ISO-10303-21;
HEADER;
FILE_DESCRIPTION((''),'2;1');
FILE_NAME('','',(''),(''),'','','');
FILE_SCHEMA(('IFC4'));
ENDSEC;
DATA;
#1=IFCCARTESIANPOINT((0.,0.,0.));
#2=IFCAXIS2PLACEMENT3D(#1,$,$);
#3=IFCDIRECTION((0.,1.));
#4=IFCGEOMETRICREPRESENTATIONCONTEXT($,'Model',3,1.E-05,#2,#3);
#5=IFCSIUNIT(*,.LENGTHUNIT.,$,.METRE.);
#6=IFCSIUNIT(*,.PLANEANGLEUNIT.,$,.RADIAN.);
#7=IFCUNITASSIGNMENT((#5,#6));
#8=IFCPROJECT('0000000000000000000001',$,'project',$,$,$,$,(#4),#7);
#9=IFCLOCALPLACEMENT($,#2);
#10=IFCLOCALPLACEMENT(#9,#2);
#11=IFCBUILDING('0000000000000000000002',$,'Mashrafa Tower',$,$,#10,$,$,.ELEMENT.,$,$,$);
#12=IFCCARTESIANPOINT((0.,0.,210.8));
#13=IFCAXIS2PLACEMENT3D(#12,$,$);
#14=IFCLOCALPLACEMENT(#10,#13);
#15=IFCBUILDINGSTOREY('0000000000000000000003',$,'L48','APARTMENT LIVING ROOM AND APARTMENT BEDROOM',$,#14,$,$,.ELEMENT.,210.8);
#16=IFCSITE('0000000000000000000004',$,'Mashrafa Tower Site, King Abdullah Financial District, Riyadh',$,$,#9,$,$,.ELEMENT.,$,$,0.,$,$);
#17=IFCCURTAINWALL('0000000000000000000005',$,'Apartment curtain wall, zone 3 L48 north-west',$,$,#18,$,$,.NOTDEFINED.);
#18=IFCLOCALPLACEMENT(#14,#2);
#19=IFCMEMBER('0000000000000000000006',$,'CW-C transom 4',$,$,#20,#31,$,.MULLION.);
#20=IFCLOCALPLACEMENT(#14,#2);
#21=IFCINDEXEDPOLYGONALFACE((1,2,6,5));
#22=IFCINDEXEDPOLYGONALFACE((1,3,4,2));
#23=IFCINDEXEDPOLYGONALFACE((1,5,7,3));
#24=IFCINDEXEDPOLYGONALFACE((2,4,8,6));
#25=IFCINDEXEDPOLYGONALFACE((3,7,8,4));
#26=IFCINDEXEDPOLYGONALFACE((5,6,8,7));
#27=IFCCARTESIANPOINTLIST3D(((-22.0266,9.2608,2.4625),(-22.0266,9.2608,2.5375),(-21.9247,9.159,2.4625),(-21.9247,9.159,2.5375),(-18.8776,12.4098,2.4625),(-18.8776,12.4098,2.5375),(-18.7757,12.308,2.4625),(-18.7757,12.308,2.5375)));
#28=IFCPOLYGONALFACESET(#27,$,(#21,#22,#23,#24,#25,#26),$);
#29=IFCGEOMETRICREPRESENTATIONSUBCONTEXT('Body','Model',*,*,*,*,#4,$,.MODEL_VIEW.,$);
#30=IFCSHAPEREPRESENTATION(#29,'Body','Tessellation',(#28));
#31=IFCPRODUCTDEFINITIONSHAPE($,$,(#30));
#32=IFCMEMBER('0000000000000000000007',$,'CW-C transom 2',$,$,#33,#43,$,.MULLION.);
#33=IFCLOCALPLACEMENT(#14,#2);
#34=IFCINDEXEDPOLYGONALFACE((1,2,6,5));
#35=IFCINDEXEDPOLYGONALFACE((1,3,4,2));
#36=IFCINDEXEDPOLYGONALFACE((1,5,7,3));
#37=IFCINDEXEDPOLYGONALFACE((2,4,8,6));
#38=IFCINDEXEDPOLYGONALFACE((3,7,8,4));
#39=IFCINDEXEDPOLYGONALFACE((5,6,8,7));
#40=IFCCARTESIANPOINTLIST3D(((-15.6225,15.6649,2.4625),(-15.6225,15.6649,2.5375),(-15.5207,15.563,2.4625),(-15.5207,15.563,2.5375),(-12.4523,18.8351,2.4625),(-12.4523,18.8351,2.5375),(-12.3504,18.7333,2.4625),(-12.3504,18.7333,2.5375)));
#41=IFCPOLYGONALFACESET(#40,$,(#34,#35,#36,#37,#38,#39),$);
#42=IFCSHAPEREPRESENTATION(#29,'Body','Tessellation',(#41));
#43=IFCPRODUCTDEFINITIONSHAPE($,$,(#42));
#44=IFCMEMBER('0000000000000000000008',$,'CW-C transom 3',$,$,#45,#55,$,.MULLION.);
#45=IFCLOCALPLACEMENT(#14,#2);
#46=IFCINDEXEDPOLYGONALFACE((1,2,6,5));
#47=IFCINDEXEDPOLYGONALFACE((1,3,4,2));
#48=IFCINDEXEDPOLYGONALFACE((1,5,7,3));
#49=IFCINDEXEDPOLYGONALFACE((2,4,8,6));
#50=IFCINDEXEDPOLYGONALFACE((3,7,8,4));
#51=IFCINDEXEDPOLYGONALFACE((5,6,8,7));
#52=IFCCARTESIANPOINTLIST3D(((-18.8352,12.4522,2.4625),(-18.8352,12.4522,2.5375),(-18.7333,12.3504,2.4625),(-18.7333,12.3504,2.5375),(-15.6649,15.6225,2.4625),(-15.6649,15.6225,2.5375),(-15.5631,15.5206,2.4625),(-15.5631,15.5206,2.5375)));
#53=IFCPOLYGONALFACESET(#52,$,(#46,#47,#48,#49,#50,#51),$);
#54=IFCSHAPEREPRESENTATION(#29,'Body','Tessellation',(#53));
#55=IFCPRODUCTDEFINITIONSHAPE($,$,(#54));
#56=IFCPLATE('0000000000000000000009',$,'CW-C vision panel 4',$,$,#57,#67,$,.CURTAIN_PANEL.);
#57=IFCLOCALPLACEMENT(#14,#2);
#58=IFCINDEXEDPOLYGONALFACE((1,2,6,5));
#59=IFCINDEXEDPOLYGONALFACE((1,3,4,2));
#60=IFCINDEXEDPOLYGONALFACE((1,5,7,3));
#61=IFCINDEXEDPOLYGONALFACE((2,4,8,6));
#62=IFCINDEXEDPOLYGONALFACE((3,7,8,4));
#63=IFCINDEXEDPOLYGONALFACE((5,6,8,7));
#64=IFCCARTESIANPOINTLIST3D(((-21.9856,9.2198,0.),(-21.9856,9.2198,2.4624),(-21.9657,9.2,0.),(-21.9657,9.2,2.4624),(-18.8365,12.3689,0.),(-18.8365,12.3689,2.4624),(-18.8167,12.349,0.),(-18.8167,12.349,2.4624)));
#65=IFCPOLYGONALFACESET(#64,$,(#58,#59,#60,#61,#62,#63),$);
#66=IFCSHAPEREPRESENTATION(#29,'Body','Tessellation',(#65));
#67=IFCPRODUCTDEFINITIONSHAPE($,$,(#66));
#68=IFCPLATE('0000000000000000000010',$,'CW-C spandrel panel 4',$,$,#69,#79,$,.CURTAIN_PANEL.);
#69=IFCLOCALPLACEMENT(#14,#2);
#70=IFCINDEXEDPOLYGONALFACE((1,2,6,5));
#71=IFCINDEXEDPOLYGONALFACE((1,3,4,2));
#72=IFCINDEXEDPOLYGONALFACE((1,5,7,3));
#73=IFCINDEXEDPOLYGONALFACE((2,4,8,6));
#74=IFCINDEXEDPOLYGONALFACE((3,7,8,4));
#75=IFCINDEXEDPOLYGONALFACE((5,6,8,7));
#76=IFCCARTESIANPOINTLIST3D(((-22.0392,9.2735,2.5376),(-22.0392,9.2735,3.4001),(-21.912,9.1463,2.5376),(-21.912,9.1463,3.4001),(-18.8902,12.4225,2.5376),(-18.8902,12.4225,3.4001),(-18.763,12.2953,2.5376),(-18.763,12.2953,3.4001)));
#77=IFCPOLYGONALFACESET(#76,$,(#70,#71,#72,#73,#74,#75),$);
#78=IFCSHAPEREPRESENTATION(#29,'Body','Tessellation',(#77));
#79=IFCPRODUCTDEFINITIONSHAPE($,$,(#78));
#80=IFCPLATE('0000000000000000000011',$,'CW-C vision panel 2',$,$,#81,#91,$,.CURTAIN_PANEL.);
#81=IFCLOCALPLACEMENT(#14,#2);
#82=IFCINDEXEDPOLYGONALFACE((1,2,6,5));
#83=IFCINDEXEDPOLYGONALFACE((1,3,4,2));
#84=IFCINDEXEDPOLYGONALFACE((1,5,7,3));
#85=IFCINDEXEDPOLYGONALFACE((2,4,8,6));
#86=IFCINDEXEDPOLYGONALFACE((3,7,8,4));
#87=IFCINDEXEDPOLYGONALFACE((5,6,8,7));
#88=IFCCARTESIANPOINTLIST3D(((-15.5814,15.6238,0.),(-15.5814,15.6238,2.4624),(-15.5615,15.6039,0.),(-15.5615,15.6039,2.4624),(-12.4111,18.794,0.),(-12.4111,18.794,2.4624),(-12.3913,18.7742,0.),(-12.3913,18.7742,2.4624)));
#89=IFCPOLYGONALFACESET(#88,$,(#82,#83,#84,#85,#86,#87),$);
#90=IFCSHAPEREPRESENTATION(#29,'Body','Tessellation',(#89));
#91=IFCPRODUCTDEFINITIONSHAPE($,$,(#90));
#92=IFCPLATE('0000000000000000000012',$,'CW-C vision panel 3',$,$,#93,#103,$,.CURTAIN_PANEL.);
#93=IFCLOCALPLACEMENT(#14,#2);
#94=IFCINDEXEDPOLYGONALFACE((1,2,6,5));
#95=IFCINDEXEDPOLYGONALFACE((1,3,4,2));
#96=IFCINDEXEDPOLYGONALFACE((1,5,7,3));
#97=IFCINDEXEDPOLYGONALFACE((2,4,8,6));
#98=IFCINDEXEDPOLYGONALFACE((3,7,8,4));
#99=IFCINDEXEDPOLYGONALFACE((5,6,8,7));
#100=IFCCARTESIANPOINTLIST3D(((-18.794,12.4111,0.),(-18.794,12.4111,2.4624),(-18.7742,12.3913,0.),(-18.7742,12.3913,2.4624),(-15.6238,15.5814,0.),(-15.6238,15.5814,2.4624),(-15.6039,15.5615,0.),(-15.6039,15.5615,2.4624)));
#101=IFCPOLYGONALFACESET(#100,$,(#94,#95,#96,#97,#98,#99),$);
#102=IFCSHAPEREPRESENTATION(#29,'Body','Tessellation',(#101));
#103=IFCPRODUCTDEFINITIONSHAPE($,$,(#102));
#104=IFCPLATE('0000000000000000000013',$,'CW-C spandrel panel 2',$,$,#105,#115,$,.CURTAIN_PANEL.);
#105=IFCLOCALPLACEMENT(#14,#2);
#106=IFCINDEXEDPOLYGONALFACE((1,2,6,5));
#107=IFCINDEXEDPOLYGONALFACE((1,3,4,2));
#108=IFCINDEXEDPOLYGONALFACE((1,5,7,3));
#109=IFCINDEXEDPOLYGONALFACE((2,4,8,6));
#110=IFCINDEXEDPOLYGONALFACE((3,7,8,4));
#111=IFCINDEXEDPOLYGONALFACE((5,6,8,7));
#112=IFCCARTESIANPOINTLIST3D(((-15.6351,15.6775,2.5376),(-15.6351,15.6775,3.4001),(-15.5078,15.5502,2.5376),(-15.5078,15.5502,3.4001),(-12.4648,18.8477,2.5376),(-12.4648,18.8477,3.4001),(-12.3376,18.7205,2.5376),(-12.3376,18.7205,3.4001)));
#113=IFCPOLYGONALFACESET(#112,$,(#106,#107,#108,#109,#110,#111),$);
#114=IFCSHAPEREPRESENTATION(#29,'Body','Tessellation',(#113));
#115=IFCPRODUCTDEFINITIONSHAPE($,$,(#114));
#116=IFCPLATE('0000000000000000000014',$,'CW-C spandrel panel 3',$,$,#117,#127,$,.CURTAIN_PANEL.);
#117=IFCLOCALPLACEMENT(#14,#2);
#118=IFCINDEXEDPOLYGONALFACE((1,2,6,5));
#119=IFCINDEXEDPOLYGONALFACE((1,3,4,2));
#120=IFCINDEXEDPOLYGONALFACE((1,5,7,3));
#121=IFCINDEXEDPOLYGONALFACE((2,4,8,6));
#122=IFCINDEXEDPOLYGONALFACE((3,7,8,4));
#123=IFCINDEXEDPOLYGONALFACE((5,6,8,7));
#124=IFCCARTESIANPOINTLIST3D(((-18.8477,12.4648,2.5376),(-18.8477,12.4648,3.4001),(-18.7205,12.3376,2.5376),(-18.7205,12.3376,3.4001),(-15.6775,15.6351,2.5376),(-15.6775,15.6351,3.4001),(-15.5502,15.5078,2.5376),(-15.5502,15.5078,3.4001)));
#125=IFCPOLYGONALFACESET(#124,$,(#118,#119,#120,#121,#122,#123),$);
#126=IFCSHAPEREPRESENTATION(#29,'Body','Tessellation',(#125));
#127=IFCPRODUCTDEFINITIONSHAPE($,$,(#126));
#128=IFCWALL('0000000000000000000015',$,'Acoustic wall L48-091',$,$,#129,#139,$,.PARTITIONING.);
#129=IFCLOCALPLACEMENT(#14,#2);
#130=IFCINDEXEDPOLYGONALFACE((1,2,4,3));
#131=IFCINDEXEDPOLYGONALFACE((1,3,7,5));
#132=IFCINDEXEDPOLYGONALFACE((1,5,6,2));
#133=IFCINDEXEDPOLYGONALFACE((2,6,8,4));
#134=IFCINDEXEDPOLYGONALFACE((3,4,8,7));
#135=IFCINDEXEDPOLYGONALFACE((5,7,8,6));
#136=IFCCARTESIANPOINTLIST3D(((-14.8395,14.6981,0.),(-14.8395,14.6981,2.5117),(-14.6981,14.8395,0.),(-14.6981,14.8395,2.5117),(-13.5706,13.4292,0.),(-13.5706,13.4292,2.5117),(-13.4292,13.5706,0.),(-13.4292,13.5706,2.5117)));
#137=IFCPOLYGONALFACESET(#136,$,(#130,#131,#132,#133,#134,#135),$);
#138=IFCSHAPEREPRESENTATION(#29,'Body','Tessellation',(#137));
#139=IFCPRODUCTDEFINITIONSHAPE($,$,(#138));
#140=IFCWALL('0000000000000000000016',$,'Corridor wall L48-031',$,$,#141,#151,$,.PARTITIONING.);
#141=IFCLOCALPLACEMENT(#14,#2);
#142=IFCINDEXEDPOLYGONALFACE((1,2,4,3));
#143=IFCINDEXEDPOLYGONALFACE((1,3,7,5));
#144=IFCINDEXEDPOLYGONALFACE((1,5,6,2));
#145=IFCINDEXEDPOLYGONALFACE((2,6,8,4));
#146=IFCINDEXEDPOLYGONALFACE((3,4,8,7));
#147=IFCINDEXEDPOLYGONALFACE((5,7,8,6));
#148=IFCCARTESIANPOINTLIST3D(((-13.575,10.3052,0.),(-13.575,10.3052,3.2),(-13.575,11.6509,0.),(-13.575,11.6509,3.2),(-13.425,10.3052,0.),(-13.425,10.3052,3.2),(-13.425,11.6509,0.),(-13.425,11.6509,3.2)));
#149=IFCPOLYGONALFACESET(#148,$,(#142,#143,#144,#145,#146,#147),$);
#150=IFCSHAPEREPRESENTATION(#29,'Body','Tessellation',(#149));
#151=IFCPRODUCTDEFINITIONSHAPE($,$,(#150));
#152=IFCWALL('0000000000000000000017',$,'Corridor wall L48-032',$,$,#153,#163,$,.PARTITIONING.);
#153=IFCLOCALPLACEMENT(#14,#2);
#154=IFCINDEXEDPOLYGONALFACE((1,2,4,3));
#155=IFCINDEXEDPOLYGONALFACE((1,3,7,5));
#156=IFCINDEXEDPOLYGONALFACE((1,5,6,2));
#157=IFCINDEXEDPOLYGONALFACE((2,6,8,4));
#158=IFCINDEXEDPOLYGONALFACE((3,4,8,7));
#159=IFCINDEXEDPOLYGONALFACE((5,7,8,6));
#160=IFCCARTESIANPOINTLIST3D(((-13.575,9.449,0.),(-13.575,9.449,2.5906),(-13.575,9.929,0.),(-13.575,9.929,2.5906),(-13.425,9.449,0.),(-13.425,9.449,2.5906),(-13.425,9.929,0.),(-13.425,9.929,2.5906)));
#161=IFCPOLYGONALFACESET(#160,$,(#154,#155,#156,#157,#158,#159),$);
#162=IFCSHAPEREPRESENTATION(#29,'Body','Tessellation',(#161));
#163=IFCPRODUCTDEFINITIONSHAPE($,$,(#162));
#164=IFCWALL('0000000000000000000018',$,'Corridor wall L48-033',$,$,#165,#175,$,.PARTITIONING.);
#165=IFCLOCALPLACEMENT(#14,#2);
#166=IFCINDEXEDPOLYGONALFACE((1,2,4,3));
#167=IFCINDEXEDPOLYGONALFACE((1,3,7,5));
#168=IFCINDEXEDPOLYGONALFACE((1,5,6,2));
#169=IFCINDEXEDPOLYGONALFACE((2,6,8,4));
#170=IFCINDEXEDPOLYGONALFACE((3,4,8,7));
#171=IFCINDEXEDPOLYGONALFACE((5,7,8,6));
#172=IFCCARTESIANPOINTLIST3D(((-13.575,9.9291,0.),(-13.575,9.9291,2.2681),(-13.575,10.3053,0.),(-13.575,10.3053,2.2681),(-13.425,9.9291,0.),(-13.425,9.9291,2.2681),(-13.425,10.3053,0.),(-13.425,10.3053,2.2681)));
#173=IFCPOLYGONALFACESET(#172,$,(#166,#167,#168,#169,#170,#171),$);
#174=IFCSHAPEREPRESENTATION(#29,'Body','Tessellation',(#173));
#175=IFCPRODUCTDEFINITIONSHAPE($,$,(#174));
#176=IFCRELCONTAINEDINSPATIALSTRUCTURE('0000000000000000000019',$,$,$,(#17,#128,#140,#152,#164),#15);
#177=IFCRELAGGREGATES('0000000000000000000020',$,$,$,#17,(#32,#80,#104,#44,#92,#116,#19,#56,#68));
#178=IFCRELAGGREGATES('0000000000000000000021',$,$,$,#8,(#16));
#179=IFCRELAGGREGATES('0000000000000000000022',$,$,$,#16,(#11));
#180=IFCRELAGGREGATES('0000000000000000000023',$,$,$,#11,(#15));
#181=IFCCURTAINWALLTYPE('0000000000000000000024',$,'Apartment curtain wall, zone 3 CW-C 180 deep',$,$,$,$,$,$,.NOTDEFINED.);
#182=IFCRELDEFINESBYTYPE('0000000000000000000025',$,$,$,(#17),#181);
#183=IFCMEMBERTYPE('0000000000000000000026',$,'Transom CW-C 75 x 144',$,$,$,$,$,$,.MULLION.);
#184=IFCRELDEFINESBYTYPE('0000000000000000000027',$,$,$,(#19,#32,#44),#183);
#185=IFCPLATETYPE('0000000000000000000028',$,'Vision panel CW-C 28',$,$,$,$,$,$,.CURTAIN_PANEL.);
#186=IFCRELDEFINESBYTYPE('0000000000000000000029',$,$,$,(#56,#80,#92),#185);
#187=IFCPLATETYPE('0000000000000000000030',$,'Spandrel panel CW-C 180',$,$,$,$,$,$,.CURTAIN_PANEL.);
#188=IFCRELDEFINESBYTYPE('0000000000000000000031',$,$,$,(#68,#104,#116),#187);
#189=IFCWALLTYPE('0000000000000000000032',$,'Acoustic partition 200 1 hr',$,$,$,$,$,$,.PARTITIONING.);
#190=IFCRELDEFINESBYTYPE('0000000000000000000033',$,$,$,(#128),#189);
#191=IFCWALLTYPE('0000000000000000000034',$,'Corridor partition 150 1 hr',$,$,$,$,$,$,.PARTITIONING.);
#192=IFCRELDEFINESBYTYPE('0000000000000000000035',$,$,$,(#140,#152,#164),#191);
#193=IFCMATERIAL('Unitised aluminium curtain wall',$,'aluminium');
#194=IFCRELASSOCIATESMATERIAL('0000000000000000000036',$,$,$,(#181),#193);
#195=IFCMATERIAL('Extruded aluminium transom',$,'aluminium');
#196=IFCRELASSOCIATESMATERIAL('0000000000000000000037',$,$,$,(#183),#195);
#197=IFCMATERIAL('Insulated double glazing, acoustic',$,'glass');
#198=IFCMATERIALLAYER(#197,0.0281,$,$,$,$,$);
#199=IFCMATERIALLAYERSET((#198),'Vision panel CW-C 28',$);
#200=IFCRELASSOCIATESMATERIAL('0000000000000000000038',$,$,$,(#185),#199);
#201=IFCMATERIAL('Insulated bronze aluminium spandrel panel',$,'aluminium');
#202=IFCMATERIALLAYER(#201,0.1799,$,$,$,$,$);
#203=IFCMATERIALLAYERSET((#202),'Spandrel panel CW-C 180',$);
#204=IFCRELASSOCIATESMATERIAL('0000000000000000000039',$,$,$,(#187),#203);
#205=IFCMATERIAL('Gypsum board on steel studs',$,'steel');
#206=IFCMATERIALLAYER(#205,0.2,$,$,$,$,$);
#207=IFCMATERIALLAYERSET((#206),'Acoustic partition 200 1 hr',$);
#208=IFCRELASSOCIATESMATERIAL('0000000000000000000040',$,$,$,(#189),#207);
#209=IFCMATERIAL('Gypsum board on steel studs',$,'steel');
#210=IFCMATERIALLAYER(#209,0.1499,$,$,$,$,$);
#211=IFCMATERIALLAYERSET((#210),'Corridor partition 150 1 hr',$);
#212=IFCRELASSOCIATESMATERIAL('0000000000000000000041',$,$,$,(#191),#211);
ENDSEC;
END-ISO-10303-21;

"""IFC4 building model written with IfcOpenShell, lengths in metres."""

from ifc_helpers import new_model, si_unit, direction, frame, frame_2d, origin, origin_2d, place, context, subcontext, project, spatial, rectangle, extrude, source, transform, mapped, material, layer, layer_set, material_profile, profile_set, type_object, type_shapes, element, aggregate, save


model = new_model("IFC4")

# Units and contexts
model_context = context("Model", 3, precision=1e-05, world=origin(), true_north=direction((0.0, 1.0)))
body_context = subcontext(model_context, "Body", "Model", "MODEL_VIEW")
ifc_project = project(units=[si_unit("LENGTHUNIT", "METRE"), si_unit("PLANEANGLEUNIT", "RADIAN")], contexts=[model_context])

# Site, building, storey
site_placement = place(None, origin())
site = spatial("IfcSite", under=ifc_project, at=site_placement, Name="Mashrafa Tower Site, King Abdullah Financial District, Riyadh", CompositionType="ELEMENT", RefElevation=0.0)
building_placement = place(site_placement, origin())
building = spatial("IfcBuilding", under=site, at=building_placement, Name="Mashrafa Tower", CompositionType="ELEMENT")
storey_placement = place(building_placement, frame((0.0, 0.0, 210.8)))
storey = spatial("IfcBuildingStorey", under=building, at=storey_placement, Name="L48", Description="APARTMENT LIVING ROOM AND APARTMENT BEDROOM", CompositionType="ELEMENT", Elevation=210.8)

# Curtain wall, members, plates
ifc_material_1 = material(Name="Unitised aluminium curtain wall", Category="aluminium")
curtain_wall_type = type_object("IfcCurtainWallType", Name="Apartment curtain wall, zone 3 CW-C 180 deep", PredefinedType="NOTDEFINED", material=ifc_material_1)
curtain_wall_placement = place(storey_placement, origin())
curtain_wall = element("IfcCurtainWall", 1, at=curtain_wall_placement, inside=storey, type_object=curtain_wall_type, Name="Apartment curtain wall, zone 3 L48 north-west", PredefinedType="NOTDEFINED")
ifc_material_2 = material(Name="Extruded aluminium transom", Category="aluminium")
ifc_material_profile_1 = material_profile(ifc_material_2, rectangle(XDim=0.144, YDim=0.075, at=origin_2d()), Name="Transom 75x144")
ifc_profile_set_1 = profile_set([ifc_material_profile_1], Name="Extruded aluminium transom")
member_type_1 = type_object("IfcMemberType", Name="Transom CW-C 75 x 144", PredefinedType="MULLION", material=ifc_profile_set_1)
shared_shape_1 = source(origin(), body_context, "Body", "SweptSolid", [
    extrude(rectangle(XDim=0.144, YDim=0.075, at=origin_2d()), origin(), (0.0, 0.0, 1.0), 4.4534),
])
member_1_placement = place(storey_placement, frame((-18.8267, 12.3589, 2.5), z_axis=(-0.707107, -0.707107, 0.0), x_axis=(0.707107, -0.707107, 0.0)))
member_1 = element("IfcMember", 2, at=member_1_placement, type_object=member_type_1, Name="CW-C transom 4", PredefinedType="MULLION", context=body_context, shape_type="MappedRepresentation", body=[
    mapped(shared_shape_1, transform((0.0, 0.0, 0.0))),
])
shared_shape_2 = source(origin(), body_context, "Body", "SweptSolid", [
    extrude(rectangle(XDim=0.144, YDim=0.075, at=origin_2d()), origin(), (0.0, 0.0, 1.0), 4.4834),
])
type_shapes(member_type_1, [shared_shape_1, shared_shape_2])
member_2_placement = place(storey_placement, frame((-12.4014, 18.7842, 2.5), z_axis=(-0.707107, -0.707107, 0.0), x_axis=(0.707107, -0.707107, 0.0)))
member_2 = element("IfcMember", 3, at=member_2_placement, type_object=member_type_1, Name="CW-C transom 2", PredefinedType="MULLION", context=body_context, shape_type="MappedRepresentation", body=[
    mapped(shared_shape_2, transform((0.0, 0.0, 0.0))),
])
member_3_placement = place(storey_placement, frame((-15.614, 15.5715, 2.5), z_axis=(-0.707107, -0.707107, 0.0), x_axis=(0.707107, -0.707107, 0.0)))
member_3 = element("IfcMember", 4, at=member_3_placement, type_object=member_type_1, Name="CW-C transom 3", PredefinedType="MULLION", context=body_context, shape_type="MappedRepresentation", body=[
    mapped(shared_shape_2, transform((0.0, 0.0, 0.0))),
])
ifc_material_3 = material(Name="Insulated double glazing, acoustic", Category="glass")
ifc_layer_1 = layer(ifc_material_3, 0.0281)
ifc_layer_set_1 = layer_set([ifc_layer_1], Name="Vision panel CW-C 28")
plate_type_1 = type_object("IfcPlateType", Name="Vision panel CW-C 28", PredefinedType="CURTAIN_PANEL", material=ifc_layer_set_1)
shared_shape_3 = source(origin(), body_context, "Body", "SweptSolid", [
    extrude(rectangle(XDim=4.4534, YDim=0.0281, at=origin_2d()), origin(), (0.0, 0.0, 1.0), 2.4624),
])
plate_1_placement = place(storey_placement, frame((-20.4011, 10.7844, 0.0), z_axis=(0.0, 0.0, 1.0), x_axis=(-0.707107, -0.707107, 0.0)))
plate_1 = element("IfcPlate", 5, at=plate_1_placement, type_object=plate_type_1, Name="CW-C vision panel 4", PredefinedType="CURTAIN_PANEL", context=body_context, shape_type="MappedRepresentation", body=[
    mapped(shared_shape_3, transform((0.0, 0.0, 0.0))),
])
ifc_material_4 = material(Name="Insulated bronze aluminium spandrel panel", Category="aluminium")
ifc_layer_2 = layer(ifc_material_4, 0.1799)
ifc_layer_set_2 = layer_set([ifc_layer_2], Name="Spandrel panel CW-C 180")
plate_type_2 = type_object("IfcPlateType", Name="Spandrel panel CW-C 180", PredefinedType="CURTAIN_PANEL", material=ifc_layer_set_2)
shared_shape_4 = source(origin(), body_context, "Body", "SweptSolid", [
    extrude(rectangle(XDim=4.4534, YDim=0.1799, at=origin_2d()), origin(), (0.0, 0.0, 1.0), 0.8625),
])
plate_2_placement = place(storey_placement, frame((-20.4011, 10.7844, 2.5376), z_axis=(0.0, 0.0, 1.0), x_axis=(-0.707107, -0.707107, 0.0)))
plate_2 = element("IfcPlate", 6, at=plate_2_placement, type_object=plate_type_2, Name="CW-C spandrel panel 4", PredefinedType="CURTAIN_PANEL", context=body_context, shape_type="MappedRepresentation", body=[
    mapped(shared_shape_4, transform((0.0, 0.0, 0.0))),
])
shared_shape_5 = source(origin(), body_context, "Body", "SweptSolid", [
    extrude(rectangle(XDim=4.4834, YDim=0.0281, at=origin_2d()), origin(), (0.0, 0.0, 1.0), 2.4624),
])
type_shapes(plate_type_1, [shared_shape_3, shared_shape_5])
plate_3_placement = place(storey_placement, frame((-13.9863, 17.199, 0.0), z_axis=(0.0, 0.0, 1.0), x_axis=(-0.707107, -0.707107, 0.0)))
plate_3 = element("IfcPlate", 7, at=plate_3_placement, type_object=plate_type_1, Name="CW-C vision panel 2", PredefinedType="CURTAIN_PANEL", context=body_context, shape_type="MappedRepresentation", body=[
    mapped(shared_shape_5, transform((0.0, 0.0, 0.0))),
])
plate_4_placement = place(storey_placement, frame((-17.199, 13.9863, 0.0), z_axis=(0.0, 0.0, 1.0), x_axis=(-0.707107, -0.707107, 0.0)))
plate_4 = element("IfcPlate", 8, at=plate_4_placement, type_object=plate_type_1, Name="CW-C vision panel 3", PredefinedType="CURTAIN_PANEL", context=body_context, shape_type="MappedRepresentation", body=[
    mapped(shared_shape_5, transform((0.0, 0.0, 0.0))),
])
shared_shape_6 = source(origin(), body_context, "Body", "SweptSolid", [
    extrude(rectangle(XDim=4.4834, YDim=0.1799, at=origin_2d()), origin(), (0.0, 0.0, 1.0), 0.8625),
])
type_shapes(plate_type_2, [shared_shape_4, shared_shape_6])
plate_5_placement = place(storey_placement, frame((-13.9863, 17.199, 2.5376), z_axis=(0.0, 0.0, 1.0), x_axis=(-0.707107, -0.707107, 0.0)))
plate_5 = element("IfcPlate", 9, at=plate_5_placement, type_object=plate_type_2, Name="CW-C spandrel panel 2", PredefinedType="CURTAIN_PANEL", context=body_context, shape_type="MappedRepresentation", body=[
    mapped(shared_shape_6, transform((0.0, 0.0, 0.0))),
])
plate_6_placement = place(storey_placement, frame((-17.199, 13.9863, 2.5376), z_axis=(0.0, 0.0, 1.0), x_axis=(-0.707107, -0.707107, 0.0)))
plate_6 = element("IfcPlate", 10, at=plate_6_placement, type_object=plate_type_2, Name="CW-C spandrel panel 3", PredefinedType="CURTAIN_PANEL", context=body_context, shape_type="MappedRepresentation", body=[
    mapped(shared_shape_6, transform((0.0, 0.0, 0.0))),
])
aggregate(curtain_wall, [member_2, plate_3, plate_5, member_3, plate_4, plate_6, member_1, plate_1, plate_2])

# Walls
ifc_material_5 = material(Name="Gypsum board on steel studs", Category="steel")
ifc_layer_3 = layer(ifc_material_5, 0.2)
ifc_layer_set_3 = layer_set([ifc_layer_3], Name="Acoustic partition 200 1 hr")
wall_type_1 = type_object("IfcWallType", Name="Acoustic partition 200 1 hr", PredefinedType="PARTITIONING", material=ifc_layer_set_3)
wall_1_placement = place(storey_placement, frame((-14.7688, 14.7688, 0.0), z_axis=(0.0, 0.0, 1.0), x_axis=(0.707107, -0.707107, 0.0)))
element("IfcWall", 11, at=wall_1_placement, inside=storey, type_object=wall_type_1, Name="Acoustic wall L48-091", PredefinedType="PARTITIONING", context=body_context, shape_type="SweptSolid", body=[
    extrude(rectangle(XDim=1.7944, YDim=0.2, at=frame_2d((0.8972, 0.0))), origin(), (0.0, 0.0, 1.0), 2.5117),
])
ifc_material_6 = material(Name="Gypsum board on steel studs", Category="steel")
ifc_layer_4 = layer(ifc_material_6, 0.1499)
ifc_layer_set_4 = layer_set([ifc_layer_4], Name="Corridor partition 150 1 hr")
wall_type_2 = type_object("IfcWallType", Name="Corridor partition 150 1 hr", PredefinedType="PARTITIONING", material=ifc_layer_set_4)
wall_2_placement = place(storey_placement, frame((-13.5, 11.6509, 0.0), z_axis=(0.0, 0.0, 1.0), x_axis=(0.0, -1.0, 0.0)))
element("IfcWall", 12, at=wall_2_placement, inside=storey, type_object=wall_type_2, Name="Corridor wall L48-031", PredefinedType="PARTITIONING", context=body_context, shape_type="SweptSolid", body=[
    extrude(rectangle(XDim=1.3457, YDim=0.1499, at=frame_2d((0.6729, 0.0))), origin(), (0.0, 0.0, 1.0), 3.2),
])
wall_3_placement = place(storey_placement, frame((-13.5, 9.929, 0.0), z_axis=(0.0, 0.0, 1.0), x_axis=(0.0, -1.0, 0.0)))
element("IfcWall", 13, at=wall_3_placement, inside=storey, type_object=wall_type_2, Name="Corridor wall L48-032", PredefinedType="PARTITIONING", context=body_context, shape_type="SweptSolid", body=[
    extrude(rectangle(XDim=0.48, YDim=0.1499, at=frame_2d((0.24, 0.0))), origin(), (0.0, 0.0, 1.0), 2.5906),
])
wall_4_placement = place(storey_placement, frame((-13.5, 10.3052, 0.0), z_axis=(0.0, 0.0, 1.0), x_axis=(0.0, -1.0, 0.0)))
element("IfcWall", 14, at=wall_4_placement, inside=storey, type_object=wall_type_2, Name="Corridor wall L48-033", PredefinedType="PARTITIONING", context=body_context, shape_type="SweptSolid", body=[
    extrude(rectangle(XDim=0.3762, YDim=0.1499, at=frame_2d((0.188, 0.0))), origin(), (0.0, 0.0, 1.0), 2.2681),
])

save(model, "model.ifc")
